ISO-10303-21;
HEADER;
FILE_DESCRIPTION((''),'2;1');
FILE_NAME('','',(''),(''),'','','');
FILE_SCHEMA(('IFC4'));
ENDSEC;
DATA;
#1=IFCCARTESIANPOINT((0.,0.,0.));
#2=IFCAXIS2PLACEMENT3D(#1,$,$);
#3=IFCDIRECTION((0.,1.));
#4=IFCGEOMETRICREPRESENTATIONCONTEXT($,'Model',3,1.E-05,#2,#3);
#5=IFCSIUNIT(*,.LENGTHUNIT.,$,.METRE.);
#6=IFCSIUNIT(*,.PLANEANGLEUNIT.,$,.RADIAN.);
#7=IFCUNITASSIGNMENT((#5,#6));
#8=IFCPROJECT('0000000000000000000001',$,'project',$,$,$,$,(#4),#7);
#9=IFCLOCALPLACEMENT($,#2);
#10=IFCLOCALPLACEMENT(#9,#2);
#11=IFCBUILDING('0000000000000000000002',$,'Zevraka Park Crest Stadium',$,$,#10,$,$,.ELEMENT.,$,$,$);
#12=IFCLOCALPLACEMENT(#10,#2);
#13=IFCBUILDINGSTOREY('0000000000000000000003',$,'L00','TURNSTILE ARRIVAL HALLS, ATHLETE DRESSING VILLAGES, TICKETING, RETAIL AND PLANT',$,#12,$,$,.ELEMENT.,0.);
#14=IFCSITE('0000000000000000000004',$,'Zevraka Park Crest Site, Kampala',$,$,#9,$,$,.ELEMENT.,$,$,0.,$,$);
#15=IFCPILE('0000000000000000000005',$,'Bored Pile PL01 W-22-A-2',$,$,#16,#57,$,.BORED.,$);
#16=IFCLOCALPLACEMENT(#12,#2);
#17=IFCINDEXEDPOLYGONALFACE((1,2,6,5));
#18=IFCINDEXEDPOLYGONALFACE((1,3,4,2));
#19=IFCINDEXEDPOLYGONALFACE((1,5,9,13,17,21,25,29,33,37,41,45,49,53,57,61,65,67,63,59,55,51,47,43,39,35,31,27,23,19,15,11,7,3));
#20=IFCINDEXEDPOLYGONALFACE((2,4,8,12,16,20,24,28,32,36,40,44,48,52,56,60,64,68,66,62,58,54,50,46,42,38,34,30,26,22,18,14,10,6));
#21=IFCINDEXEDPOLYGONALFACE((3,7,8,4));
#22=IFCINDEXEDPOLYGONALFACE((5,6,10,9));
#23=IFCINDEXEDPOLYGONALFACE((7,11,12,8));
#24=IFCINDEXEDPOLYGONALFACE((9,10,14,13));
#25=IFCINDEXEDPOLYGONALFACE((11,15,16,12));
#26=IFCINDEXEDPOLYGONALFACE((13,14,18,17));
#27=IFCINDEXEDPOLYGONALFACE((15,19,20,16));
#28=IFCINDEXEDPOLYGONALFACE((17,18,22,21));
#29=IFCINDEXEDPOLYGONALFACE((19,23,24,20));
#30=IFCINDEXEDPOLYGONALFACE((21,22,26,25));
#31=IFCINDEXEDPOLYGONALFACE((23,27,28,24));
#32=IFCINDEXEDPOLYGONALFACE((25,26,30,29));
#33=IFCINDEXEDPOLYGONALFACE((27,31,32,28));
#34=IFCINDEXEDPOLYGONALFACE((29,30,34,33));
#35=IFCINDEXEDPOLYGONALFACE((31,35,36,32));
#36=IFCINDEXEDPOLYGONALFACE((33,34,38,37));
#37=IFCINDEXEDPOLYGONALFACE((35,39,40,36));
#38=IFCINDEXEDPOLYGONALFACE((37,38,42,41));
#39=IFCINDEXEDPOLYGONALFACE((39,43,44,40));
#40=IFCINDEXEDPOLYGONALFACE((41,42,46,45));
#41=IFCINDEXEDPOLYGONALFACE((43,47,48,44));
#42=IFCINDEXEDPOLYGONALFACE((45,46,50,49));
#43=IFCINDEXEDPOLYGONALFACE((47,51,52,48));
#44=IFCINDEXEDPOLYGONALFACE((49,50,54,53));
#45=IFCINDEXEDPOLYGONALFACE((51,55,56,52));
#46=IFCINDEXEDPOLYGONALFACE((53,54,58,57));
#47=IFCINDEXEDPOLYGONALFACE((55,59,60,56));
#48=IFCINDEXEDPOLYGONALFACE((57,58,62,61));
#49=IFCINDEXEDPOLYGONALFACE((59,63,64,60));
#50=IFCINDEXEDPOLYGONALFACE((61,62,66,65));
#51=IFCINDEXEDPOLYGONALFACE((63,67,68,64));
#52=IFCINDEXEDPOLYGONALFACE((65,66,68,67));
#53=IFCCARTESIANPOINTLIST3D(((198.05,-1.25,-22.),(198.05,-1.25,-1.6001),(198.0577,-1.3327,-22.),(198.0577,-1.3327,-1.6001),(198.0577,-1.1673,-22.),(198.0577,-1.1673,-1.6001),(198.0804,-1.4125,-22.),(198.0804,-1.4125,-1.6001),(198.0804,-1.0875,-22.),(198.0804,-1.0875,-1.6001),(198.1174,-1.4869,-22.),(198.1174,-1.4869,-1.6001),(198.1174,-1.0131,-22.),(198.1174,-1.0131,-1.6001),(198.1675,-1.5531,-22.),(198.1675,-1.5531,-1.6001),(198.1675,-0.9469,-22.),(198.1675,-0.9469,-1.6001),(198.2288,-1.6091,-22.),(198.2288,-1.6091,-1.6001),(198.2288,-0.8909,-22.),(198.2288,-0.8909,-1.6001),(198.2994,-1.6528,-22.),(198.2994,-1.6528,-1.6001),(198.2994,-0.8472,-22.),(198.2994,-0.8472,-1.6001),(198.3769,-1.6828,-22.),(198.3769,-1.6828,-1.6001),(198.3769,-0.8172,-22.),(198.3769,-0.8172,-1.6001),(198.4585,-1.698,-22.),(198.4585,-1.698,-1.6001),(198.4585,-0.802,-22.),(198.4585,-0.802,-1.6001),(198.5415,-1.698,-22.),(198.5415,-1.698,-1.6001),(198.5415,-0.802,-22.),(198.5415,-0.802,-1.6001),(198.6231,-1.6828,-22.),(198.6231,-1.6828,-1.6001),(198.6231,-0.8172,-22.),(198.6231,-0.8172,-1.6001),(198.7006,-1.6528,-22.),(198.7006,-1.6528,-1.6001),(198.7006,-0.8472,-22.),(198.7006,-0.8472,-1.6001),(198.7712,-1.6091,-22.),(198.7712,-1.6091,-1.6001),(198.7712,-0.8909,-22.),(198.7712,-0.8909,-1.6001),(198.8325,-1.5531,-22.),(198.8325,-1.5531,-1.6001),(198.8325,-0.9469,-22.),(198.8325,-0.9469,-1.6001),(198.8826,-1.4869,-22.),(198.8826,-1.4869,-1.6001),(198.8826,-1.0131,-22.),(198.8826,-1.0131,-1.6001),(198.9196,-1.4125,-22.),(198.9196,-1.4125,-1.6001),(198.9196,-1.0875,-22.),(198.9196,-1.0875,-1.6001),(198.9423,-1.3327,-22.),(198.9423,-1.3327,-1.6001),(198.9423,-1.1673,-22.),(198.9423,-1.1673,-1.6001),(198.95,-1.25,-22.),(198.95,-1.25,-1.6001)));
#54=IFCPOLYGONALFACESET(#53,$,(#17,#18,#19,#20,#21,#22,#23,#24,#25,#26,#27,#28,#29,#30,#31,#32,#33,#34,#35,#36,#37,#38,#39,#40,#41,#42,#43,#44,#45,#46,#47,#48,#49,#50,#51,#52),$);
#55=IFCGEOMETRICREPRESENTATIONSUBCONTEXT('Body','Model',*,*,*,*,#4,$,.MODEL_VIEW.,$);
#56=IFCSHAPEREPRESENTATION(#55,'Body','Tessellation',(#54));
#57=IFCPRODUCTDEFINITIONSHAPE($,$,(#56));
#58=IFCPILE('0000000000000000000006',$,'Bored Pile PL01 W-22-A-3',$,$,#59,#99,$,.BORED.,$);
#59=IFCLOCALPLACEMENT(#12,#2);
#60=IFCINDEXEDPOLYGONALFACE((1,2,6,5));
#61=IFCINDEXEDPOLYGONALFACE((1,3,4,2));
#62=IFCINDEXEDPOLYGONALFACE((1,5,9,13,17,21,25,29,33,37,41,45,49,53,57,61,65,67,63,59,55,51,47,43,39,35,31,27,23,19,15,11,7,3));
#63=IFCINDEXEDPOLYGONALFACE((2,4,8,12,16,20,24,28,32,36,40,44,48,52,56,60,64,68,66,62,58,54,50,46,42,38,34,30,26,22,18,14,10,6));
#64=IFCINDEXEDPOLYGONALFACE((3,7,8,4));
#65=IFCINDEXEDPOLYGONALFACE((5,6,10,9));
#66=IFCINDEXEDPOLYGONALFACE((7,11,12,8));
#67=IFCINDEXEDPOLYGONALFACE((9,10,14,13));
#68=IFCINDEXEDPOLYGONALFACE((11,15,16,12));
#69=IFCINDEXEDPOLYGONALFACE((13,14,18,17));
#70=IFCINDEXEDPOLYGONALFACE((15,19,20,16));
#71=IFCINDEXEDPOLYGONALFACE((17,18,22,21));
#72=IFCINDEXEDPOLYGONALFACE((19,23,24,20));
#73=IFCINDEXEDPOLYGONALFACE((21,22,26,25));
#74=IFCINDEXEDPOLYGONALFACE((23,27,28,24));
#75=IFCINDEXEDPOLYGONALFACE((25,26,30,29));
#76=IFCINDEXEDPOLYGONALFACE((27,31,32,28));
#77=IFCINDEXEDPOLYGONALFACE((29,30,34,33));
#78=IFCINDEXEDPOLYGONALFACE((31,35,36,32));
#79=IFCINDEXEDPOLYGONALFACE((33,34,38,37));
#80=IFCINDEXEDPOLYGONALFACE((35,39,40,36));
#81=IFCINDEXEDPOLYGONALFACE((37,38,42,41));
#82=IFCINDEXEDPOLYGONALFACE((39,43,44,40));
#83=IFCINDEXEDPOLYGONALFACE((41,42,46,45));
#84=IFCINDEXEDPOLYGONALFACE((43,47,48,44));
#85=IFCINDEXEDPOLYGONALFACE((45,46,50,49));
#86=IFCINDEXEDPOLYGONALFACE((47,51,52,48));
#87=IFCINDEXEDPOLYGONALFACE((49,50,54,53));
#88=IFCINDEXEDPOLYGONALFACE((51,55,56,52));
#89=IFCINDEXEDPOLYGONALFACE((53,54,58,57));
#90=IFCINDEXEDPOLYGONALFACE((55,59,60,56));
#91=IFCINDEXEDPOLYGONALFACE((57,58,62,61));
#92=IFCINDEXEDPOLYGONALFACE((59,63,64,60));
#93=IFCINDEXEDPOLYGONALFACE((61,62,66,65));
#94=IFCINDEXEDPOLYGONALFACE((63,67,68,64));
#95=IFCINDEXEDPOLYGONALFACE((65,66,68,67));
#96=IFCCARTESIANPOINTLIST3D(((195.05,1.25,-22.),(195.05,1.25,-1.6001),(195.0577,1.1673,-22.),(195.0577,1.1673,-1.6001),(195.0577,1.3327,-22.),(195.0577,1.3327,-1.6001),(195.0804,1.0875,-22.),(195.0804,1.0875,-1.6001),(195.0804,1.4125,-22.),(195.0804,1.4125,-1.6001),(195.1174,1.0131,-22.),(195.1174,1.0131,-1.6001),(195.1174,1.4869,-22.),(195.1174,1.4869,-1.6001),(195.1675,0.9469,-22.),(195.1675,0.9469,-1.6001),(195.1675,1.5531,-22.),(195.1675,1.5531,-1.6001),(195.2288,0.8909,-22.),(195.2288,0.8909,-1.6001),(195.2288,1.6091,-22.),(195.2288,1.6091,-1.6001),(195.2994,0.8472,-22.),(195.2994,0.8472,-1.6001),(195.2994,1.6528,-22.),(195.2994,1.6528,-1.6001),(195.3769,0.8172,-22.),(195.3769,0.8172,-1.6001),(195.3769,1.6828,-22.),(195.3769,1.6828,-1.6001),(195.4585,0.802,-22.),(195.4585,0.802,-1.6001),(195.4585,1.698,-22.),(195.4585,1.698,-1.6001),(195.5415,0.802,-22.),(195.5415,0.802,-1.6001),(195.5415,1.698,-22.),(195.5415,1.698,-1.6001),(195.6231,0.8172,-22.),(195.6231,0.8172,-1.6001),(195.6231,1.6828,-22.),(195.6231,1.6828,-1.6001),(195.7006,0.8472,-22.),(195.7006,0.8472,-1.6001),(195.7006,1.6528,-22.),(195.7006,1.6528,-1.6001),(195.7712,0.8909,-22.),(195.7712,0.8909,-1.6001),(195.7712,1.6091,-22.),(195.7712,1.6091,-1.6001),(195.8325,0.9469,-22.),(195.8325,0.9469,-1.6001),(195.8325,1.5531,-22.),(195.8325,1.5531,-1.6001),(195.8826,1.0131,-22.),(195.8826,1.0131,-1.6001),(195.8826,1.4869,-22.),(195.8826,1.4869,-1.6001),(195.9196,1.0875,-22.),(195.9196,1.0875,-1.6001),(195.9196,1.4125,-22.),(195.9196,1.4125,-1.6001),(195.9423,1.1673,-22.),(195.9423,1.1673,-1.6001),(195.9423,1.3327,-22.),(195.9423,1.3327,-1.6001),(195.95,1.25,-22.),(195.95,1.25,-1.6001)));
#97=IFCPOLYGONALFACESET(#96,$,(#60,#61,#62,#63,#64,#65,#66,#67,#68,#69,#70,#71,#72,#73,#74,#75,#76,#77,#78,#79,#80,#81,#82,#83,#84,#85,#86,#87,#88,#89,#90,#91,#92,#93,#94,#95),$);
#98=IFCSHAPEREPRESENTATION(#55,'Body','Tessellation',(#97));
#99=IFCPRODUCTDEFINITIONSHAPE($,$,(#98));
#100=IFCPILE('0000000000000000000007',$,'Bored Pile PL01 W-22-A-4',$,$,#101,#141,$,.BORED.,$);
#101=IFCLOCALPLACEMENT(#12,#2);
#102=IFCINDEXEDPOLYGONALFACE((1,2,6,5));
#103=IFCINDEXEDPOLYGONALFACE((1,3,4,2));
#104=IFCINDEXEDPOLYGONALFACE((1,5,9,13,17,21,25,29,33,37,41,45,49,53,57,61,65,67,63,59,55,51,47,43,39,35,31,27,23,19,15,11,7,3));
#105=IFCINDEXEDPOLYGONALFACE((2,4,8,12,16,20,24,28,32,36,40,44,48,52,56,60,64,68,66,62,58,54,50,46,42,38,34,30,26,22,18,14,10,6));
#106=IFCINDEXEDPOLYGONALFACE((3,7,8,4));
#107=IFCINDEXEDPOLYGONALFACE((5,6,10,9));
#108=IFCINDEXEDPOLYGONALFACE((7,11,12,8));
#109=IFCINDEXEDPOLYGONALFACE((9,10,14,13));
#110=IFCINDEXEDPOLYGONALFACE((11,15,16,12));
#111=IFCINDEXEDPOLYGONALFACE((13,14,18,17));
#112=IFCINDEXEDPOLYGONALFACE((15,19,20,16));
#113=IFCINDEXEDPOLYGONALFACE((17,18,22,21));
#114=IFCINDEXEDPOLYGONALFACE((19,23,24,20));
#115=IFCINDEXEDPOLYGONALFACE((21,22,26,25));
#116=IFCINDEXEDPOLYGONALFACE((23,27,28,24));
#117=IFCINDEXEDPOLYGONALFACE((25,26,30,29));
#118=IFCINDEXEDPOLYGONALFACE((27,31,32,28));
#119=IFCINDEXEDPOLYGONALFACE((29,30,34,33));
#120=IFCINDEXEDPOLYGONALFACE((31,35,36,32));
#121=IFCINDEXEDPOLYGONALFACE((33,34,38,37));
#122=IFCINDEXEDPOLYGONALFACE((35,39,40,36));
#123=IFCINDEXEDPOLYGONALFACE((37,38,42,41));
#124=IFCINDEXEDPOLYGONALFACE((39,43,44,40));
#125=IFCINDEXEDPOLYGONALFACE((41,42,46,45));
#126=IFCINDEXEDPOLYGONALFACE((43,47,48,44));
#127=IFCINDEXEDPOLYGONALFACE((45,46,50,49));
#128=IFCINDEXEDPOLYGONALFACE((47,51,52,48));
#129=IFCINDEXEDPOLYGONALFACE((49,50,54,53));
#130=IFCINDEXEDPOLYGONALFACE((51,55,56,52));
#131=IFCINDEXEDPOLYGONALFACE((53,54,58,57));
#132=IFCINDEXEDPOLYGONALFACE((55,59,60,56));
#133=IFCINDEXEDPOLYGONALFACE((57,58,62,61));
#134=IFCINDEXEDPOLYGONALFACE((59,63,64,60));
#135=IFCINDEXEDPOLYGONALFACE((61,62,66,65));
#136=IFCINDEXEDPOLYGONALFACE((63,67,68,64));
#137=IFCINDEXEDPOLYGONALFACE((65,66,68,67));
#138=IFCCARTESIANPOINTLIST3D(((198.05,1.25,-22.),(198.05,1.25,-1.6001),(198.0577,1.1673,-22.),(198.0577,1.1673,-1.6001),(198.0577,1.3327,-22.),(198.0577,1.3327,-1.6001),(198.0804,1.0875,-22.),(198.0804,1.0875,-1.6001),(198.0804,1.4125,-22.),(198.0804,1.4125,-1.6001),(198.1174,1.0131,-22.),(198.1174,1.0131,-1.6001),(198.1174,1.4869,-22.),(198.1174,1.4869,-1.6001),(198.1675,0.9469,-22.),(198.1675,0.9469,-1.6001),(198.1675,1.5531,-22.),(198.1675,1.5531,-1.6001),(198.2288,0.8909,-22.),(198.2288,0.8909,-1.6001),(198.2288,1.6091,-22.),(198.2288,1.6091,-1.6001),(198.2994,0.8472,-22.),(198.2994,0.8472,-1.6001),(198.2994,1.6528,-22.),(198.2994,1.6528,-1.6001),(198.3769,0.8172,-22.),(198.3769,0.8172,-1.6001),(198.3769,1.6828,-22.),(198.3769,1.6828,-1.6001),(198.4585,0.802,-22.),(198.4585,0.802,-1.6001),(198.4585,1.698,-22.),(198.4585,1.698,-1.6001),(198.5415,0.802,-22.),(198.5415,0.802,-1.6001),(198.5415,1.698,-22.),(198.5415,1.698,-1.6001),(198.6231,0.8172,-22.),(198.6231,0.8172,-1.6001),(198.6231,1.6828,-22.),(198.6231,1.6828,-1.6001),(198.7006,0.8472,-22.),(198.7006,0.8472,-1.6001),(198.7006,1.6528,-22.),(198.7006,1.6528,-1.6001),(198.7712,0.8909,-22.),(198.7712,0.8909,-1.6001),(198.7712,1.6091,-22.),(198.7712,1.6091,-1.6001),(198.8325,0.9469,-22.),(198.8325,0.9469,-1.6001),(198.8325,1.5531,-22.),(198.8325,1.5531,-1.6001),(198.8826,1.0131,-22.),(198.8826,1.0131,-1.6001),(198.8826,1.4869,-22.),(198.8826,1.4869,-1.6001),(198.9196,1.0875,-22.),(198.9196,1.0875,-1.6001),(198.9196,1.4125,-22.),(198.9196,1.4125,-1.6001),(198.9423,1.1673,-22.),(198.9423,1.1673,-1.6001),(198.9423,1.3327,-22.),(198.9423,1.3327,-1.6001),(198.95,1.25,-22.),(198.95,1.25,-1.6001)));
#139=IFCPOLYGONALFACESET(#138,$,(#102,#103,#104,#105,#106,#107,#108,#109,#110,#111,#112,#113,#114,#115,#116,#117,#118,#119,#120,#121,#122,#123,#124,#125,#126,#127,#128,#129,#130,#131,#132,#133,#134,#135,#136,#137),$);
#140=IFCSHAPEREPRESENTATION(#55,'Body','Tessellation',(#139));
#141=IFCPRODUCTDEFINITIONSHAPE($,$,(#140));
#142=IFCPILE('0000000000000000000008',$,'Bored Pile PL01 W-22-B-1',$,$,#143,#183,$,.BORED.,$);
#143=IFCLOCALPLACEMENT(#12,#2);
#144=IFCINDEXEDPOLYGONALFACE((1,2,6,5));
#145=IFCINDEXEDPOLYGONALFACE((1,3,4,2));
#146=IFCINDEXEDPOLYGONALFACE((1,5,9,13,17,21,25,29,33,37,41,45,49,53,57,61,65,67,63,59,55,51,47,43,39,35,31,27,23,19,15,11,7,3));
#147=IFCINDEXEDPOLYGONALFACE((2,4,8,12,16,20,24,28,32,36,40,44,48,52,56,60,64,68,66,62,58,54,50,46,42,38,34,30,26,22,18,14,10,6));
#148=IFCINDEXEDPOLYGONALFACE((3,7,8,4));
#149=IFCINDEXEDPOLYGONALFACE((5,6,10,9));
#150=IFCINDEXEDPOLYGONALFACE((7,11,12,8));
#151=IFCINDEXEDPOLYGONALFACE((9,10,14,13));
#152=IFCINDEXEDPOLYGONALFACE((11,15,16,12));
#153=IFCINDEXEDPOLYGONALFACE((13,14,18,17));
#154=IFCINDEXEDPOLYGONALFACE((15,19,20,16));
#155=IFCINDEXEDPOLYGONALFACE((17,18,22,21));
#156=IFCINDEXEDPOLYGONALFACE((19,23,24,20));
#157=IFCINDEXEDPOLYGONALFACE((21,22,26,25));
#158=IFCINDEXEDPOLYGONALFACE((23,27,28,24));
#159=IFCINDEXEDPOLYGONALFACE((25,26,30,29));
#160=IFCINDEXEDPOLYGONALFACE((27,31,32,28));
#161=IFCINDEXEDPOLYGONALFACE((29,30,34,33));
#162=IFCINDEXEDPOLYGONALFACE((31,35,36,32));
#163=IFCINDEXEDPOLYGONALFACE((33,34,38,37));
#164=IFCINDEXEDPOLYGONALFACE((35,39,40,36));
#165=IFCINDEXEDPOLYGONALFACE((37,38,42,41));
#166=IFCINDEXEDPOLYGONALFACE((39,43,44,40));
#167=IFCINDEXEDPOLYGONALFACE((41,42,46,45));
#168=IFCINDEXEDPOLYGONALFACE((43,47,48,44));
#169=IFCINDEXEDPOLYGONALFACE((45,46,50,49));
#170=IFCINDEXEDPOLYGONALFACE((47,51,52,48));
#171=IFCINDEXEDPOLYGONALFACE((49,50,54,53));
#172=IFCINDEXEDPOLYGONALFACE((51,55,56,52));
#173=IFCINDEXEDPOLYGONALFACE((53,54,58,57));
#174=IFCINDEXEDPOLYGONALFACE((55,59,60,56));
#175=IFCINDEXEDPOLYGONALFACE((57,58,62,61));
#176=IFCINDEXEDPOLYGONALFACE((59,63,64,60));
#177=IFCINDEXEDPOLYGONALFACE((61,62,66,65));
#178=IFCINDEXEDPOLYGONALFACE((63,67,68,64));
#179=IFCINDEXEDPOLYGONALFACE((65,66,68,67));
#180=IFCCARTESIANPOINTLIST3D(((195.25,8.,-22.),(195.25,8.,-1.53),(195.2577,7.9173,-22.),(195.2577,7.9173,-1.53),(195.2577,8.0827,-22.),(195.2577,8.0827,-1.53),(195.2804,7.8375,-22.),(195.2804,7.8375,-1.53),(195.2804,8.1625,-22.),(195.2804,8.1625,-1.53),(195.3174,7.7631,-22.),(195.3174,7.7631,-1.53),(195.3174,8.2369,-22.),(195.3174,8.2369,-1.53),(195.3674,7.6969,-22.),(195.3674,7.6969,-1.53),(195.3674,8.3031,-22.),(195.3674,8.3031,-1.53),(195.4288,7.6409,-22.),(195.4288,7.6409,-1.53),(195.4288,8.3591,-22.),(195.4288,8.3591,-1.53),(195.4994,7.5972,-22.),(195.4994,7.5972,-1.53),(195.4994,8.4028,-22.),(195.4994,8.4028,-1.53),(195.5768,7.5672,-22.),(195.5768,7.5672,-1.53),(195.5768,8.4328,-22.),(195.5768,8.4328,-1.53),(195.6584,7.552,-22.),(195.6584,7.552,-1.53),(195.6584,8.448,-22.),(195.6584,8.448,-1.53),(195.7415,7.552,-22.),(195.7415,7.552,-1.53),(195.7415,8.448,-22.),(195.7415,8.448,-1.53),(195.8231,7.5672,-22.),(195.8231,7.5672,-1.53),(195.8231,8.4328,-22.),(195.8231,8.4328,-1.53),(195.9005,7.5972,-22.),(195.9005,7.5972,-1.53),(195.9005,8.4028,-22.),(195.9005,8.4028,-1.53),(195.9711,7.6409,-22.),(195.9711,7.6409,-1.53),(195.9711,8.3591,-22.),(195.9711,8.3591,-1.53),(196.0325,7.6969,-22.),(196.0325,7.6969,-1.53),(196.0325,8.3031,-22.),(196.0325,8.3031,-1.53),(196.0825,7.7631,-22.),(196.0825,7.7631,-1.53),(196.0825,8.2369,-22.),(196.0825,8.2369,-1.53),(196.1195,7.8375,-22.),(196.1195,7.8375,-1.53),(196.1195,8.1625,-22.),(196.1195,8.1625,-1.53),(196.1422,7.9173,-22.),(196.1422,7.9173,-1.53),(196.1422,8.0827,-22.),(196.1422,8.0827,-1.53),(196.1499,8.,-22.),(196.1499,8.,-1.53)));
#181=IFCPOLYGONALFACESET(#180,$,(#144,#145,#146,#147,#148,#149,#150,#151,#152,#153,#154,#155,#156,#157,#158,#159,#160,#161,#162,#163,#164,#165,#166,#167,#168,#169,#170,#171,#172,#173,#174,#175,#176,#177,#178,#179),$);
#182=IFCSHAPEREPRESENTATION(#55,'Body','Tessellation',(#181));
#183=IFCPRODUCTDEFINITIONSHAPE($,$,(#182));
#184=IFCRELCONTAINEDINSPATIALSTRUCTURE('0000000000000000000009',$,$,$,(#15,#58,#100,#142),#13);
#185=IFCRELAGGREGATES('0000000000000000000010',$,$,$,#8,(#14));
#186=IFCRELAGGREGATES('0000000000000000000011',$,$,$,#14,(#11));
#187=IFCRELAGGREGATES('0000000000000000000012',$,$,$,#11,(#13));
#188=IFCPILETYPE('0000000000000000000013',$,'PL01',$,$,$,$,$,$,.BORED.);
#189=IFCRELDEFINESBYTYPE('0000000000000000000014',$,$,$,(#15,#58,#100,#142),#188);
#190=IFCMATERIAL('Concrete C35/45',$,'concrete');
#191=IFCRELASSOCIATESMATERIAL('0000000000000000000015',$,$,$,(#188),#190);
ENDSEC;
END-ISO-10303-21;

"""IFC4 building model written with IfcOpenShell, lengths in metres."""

from ifc_helpers import new_model, si_unit, direction, frame, origin, origin_2d, place, context, subcontext, project, spatial, circle, extrude, material, material_profile, profile_set, type_object, element, save


model = new_model("IFC4")

# Units and contexts
model_context = context("Model", 3, precision=1e-05, world=origin(), true_north=direction((0.0, 1.0)))
body_context = subcontext(model_context, "Body", "Model", "MODEL_VIEW")
ifc_project = project(units=[si_unit("LENGTHUNIT", "METRE"), si_unit("PLANEANGLEUNIT", "RADIAN")], contexts=[model_context])

# Site, building, storey
site_placement = place(None, origin())
site = spatial("IfcSite", under=ifc_project, at=site_placement, Name="Zevraka Park Crest Site, Kampala", CompositionType="ELEMENT", RefElevation=0.0)
building_placement = place(site_placement, origin())
building = spatial("IfcBuilding", under=site, at=building_placement, Name="Zevraka Park Crest Stadium", CompositionType="ELEMENT")
storey_placement = place(building_placement, origin())
storey = spatial("IfcBuildingStorey", under=building, at=storey_placement, Name="L00", Description="TURNSTILE ARRIVAL HALLS, ATHLETE DRESSING VILLAGES, TICKETING, RETAIL AND PLANT", CompositionType="ELEMENT", Elevation=0.0)

# Piles
ifc_material_1 = material(Name="Concrete C35/45", Category="concrete")
ifc_material_profile_1 = material_profile(ifc_material_1, circle(Radius=0.45, at=origin_2d()), Name="PILE D900")
ifc_profile_set_1 = profile_set([ifc_material_profile_1], Name="Concrete C35/45")
pile_type_1 = type_object("IfcPileType", Name="PL01", PredefinedType="BORED", material=ifc_profile_set_1)
for number, where, z_axis, x_axis, name in (
    (1, (198.5, -1.25, -1.6001), (0.0, 0.0, -1.0), (1.0, 0.0, 0.0), "Bored Pile PL01 W-22-A-2"),
    (2, (195.5, 1.25, -1.6001), (0.0, 0.0, -1.0), (1.0, 0.0, 0.0), "Bored Pile PL01 W-22-A-3"),
    (3, (198.5, 1.25, -1.6001), (0.0, 0.0, -1.0), (1.0, 0.0, 0.0), "Bored Pile PL01 W-22-A-4"),
):
    element("IfcPile", number, at=place(storey_placement, frame(where, z_axis=z_axis, x_axis=x_axis)), inside=storey, type_object=pile_type_1, Name=name, PredefinedType="BORED", context=body_context, shape_type="SweptSolid", body=[
        extrude(circle(Radius=0.45, at=origin_2d()), origin(), (0.0, 0.0, 1.0), 20.3999),
    ])
for number, where, z_axis, x_axis, name in (
    (4, (195.7, 8.0, -1.53), (0.0, 0.0, -1.0), (1.0, 0.0, 0.0), "Bored Pile PL01 W-22-B-1"),
):
    element("IfcPile", number, at=place(storey_placement, frame(where, z_axis=z_axis, x_axis=x_axis)), inside=storey, type_object=pile_type_1, Name=name, PredefinedType="BORED", context=body_context, shape_type="SweptSolid", body=[
        extrude(circle(Radius=0.45, at=origin_2d()), origin(), (0.0, 0.0, 1.0), 20.47),
    ])

save(model, "model.ifc")
